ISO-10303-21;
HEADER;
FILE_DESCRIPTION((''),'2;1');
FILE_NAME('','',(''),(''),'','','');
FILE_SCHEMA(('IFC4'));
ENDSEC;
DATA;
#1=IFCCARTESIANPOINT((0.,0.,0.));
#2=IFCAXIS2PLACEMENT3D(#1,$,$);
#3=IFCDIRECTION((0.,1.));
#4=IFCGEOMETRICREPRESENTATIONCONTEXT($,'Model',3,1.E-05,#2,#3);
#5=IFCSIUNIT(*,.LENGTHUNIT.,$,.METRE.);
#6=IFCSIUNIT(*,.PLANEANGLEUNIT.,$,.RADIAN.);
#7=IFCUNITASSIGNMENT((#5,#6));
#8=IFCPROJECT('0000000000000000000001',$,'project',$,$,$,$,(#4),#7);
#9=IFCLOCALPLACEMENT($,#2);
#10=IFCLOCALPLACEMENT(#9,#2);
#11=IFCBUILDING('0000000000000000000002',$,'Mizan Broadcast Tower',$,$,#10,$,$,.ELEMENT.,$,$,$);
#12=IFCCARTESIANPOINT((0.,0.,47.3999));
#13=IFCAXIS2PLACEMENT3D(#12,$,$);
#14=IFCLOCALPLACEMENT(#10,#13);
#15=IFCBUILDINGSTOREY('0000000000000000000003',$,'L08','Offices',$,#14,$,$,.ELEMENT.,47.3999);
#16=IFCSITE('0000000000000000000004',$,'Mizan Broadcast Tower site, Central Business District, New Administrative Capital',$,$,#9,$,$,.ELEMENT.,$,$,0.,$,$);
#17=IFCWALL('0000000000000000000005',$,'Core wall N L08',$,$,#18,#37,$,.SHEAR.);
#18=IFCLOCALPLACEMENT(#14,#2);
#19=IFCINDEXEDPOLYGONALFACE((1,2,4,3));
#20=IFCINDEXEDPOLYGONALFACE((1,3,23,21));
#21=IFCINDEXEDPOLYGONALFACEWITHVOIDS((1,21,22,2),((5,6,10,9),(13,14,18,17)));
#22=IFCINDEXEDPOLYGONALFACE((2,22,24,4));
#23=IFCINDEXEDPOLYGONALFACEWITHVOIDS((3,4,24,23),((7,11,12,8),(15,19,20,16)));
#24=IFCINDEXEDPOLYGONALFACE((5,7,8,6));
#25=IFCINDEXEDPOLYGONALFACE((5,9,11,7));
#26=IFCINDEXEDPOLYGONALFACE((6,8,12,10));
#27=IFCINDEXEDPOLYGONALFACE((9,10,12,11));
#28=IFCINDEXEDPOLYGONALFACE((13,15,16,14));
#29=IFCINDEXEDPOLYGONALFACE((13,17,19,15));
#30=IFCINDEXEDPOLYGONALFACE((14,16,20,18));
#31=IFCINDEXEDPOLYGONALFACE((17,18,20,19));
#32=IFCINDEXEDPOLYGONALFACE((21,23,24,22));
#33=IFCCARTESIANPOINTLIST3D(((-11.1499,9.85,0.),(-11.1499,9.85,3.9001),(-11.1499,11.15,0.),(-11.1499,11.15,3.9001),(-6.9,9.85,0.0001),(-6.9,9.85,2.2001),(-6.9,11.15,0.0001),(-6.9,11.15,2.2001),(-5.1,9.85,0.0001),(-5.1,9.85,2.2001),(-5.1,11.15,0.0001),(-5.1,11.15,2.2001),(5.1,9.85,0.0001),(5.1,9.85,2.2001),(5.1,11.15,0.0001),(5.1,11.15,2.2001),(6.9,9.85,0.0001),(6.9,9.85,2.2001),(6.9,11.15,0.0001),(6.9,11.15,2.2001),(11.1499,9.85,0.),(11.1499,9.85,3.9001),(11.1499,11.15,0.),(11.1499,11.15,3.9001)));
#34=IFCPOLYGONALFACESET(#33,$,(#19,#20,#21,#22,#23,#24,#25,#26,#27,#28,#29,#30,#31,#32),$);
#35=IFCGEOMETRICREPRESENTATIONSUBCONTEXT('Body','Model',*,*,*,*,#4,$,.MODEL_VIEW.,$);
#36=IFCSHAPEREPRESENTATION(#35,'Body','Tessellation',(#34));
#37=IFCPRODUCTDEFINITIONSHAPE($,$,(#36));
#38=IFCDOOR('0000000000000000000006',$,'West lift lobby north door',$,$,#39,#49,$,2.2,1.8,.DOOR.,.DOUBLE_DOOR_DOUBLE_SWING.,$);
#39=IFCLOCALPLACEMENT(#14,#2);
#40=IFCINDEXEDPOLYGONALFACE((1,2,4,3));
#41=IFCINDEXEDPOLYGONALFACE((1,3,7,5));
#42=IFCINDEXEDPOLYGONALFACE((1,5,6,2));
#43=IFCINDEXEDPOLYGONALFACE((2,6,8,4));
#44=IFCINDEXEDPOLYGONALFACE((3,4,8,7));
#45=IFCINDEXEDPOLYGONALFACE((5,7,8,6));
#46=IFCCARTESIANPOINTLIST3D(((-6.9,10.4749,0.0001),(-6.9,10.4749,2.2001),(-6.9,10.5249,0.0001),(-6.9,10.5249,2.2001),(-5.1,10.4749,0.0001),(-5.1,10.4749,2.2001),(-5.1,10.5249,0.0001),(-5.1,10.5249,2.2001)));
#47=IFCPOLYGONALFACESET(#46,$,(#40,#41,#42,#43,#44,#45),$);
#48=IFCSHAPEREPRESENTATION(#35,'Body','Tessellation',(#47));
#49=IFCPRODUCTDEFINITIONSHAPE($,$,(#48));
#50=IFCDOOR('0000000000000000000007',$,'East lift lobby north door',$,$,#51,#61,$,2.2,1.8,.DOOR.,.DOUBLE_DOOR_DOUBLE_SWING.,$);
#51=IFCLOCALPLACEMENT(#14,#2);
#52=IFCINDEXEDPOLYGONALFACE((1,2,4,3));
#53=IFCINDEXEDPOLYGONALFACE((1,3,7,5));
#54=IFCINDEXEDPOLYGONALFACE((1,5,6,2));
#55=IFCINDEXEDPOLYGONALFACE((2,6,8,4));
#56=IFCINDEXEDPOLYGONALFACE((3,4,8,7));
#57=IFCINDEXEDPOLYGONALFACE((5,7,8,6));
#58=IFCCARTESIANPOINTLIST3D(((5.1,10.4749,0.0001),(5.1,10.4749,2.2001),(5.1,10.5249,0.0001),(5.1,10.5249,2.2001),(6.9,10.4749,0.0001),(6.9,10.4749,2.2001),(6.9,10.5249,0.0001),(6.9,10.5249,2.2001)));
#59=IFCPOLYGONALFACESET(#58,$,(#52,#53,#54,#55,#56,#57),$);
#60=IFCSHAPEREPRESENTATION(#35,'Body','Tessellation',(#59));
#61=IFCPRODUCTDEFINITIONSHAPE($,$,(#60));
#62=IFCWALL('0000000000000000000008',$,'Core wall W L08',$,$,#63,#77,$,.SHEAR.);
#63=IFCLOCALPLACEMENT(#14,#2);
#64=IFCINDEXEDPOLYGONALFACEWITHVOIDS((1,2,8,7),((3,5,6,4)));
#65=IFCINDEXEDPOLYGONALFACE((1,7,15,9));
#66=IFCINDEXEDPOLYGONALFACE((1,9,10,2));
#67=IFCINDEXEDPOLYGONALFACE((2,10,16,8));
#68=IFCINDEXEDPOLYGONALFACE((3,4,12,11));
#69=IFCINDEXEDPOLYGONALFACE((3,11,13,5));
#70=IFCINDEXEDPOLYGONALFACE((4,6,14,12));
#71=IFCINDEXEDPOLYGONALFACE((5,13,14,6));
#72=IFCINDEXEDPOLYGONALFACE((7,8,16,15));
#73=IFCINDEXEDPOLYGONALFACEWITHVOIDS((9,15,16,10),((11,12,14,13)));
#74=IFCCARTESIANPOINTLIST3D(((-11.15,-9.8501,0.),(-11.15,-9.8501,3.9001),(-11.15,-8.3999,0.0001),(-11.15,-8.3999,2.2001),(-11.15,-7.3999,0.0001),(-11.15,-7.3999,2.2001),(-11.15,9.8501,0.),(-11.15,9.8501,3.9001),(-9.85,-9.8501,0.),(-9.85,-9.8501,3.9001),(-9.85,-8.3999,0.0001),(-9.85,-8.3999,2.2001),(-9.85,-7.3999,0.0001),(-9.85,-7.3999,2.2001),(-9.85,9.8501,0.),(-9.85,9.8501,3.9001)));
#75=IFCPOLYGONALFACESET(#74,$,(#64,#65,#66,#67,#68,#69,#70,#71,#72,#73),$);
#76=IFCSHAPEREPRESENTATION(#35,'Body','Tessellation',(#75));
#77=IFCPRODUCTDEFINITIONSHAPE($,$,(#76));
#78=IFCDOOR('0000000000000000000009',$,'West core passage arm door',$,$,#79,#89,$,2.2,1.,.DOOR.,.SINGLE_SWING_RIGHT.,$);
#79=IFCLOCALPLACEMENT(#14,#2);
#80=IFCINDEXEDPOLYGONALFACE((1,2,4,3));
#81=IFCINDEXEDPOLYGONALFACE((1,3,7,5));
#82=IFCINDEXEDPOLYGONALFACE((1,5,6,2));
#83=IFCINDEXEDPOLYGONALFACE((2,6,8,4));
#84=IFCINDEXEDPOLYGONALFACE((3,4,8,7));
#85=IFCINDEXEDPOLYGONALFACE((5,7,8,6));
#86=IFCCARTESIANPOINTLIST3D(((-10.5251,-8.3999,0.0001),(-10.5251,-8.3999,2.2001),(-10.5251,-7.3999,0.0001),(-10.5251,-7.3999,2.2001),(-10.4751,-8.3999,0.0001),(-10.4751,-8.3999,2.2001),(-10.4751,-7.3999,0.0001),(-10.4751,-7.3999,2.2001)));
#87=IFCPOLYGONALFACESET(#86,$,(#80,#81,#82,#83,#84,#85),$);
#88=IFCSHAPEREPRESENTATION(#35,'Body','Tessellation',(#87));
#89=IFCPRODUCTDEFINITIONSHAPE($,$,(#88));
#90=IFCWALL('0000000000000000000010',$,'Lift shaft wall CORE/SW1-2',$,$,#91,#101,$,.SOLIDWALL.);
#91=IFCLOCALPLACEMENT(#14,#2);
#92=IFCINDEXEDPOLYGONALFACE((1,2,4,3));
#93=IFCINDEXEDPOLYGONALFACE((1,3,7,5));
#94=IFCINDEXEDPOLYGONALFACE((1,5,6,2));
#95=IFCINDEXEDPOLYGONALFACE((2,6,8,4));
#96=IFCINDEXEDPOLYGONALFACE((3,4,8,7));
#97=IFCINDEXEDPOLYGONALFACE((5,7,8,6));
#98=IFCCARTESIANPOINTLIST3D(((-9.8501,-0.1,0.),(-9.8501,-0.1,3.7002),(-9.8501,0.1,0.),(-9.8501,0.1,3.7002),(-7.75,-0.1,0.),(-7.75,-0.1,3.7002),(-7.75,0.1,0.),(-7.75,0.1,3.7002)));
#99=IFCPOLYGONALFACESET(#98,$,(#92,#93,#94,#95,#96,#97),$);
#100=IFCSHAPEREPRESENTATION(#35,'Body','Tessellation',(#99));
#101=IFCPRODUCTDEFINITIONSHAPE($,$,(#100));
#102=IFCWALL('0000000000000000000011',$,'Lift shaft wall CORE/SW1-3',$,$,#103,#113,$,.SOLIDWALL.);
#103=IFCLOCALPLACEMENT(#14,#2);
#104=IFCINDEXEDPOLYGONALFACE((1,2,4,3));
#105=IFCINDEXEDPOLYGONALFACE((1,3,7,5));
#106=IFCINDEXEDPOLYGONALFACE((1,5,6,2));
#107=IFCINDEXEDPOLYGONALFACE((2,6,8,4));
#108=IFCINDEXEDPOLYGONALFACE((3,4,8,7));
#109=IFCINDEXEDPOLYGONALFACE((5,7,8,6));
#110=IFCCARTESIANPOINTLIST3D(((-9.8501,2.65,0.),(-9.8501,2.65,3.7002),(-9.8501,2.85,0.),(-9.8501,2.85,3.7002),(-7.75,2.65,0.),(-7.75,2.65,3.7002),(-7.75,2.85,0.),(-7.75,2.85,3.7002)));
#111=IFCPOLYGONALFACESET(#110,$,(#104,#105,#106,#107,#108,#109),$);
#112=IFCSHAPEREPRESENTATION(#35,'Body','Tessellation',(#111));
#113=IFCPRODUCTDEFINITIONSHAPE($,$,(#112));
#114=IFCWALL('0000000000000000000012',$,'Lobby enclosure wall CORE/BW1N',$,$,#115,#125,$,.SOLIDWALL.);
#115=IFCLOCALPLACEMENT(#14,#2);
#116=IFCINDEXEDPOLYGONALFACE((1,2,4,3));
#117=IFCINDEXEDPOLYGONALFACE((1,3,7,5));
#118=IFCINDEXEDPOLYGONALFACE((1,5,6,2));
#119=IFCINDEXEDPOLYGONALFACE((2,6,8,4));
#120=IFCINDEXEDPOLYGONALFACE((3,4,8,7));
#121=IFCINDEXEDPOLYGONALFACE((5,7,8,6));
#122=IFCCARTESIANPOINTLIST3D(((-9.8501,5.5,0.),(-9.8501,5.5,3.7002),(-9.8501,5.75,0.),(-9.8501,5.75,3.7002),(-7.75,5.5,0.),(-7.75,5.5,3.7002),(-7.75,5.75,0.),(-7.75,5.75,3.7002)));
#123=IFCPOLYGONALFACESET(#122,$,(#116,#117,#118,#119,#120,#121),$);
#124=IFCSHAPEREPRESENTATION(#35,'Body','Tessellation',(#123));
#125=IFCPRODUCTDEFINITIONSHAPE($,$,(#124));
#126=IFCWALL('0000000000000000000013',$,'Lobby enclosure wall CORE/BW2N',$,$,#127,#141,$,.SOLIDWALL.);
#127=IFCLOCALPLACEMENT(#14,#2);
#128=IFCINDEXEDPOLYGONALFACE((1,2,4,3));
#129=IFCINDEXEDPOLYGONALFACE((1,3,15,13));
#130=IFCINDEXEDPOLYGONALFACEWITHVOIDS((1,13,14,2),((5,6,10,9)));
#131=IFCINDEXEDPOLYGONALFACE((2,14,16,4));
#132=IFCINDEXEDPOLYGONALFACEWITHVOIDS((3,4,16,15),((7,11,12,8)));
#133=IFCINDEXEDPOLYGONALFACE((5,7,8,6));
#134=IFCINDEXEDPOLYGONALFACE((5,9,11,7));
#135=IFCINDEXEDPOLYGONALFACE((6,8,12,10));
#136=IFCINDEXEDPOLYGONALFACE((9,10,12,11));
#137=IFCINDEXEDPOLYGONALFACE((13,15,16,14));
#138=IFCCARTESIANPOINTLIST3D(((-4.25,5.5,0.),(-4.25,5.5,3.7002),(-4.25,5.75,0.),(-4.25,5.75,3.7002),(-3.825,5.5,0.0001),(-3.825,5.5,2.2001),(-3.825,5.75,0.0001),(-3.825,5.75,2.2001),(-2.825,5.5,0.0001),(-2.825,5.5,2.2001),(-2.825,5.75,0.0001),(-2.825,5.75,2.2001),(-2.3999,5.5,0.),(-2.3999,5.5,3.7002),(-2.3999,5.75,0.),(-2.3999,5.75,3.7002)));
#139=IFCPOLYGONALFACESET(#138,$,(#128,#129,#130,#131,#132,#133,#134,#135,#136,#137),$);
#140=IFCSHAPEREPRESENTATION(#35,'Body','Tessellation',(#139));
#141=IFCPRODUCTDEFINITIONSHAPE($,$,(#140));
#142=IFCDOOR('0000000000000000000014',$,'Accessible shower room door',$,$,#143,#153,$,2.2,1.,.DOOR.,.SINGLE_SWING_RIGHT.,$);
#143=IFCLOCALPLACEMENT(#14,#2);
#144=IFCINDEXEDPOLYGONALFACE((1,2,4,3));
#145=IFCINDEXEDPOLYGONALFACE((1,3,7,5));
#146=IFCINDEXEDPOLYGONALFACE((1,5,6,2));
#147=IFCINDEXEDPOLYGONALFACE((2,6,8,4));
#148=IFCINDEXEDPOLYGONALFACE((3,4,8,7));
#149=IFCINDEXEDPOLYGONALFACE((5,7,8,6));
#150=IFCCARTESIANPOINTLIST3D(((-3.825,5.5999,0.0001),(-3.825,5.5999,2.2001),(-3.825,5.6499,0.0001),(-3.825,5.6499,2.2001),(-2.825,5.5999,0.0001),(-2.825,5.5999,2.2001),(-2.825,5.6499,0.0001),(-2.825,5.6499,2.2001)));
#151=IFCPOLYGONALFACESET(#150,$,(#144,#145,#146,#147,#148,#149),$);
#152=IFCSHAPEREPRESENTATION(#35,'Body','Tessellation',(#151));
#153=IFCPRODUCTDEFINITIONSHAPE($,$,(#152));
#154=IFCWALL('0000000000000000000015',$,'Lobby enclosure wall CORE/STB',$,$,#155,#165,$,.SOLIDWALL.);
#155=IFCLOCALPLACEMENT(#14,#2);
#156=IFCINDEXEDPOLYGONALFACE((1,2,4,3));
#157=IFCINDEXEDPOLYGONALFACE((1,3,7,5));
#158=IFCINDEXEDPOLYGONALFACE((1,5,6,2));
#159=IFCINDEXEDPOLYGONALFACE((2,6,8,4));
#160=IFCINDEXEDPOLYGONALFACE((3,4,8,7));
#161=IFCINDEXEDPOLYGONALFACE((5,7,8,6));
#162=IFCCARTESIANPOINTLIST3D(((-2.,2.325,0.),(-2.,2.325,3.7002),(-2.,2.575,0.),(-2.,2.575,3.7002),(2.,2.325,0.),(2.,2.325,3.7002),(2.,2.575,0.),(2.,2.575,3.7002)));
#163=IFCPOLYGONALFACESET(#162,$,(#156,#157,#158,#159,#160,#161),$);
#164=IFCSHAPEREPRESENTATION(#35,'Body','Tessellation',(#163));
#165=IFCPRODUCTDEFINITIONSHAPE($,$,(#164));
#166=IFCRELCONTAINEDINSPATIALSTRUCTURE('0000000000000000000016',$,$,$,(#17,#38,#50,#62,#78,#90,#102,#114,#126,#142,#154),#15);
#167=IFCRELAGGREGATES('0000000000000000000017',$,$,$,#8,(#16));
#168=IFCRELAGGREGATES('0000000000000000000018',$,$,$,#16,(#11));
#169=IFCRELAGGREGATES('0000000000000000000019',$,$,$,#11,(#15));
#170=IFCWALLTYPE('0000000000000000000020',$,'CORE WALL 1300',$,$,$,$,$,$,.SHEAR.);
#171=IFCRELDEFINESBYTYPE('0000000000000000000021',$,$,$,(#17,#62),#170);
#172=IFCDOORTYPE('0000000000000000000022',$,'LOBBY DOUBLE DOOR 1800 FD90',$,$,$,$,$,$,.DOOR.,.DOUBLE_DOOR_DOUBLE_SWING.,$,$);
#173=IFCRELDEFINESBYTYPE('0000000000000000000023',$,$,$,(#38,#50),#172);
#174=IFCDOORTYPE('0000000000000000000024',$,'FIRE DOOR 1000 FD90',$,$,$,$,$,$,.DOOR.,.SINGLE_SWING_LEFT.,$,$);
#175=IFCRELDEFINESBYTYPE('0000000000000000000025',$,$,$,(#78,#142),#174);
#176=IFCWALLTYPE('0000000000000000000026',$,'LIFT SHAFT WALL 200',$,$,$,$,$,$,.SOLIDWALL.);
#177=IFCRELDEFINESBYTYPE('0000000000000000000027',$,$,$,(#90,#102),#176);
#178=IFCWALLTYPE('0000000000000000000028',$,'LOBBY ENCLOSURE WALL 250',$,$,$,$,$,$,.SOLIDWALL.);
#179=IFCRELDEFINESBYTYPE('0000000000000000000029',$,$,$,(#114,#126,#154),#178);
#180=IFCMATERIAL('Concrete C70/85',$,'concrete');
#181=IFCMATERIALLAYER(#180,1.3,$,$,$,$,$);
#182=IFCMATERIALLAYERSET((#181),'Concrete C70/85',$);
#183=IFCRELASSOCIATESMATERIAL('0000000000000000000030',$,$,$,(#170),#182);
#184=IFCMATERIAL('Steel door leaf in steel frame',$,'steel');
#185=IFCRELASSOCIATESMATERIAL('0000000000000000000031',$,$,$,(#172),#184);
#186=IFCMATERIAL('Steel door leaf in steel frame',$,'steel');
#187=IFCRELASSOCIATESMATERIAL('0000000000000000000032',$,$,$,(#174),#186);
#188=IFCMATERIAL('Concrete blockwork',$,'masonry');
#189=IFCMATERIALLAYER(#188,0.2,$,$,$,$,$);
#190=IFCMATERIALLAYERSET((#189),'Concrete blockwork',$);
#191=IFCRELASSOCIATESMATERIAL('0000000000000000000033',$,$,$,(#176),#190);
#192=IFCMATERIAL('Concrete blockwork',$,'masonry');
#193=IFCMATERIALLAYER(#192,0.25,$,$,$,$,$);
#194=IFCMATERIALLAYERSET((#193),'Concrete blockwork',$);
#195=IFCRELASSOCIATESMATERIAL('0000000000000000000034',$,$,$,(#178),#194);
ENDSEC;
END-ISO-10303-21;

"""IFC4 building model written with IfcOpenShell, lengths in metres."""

from ifc_helpers import new_model, si_unit, direction, frame, frame_2d, origin, place, context, subcontext, project, spatial, rectangle, extrude, material, layer, layer_set, type_object, element, fill, save


model = new_model("IFC4")

# Units and contexts
model_context = context("Model", 3, precision=1e-05, world=origin(), true_north=direction((0.0, 1.0)))
body_context = subcontext(model_context, "Body", "Model", "MODEL_VIEW")
ifc_project = project(units=[si_unit("LENGTHUNIT", "METRE"), si_unit("PLANEANGLEUNIT", "RADIAN")], contexts=[model_context])

# Site, building, storey
site_placement = place(None, origin())
site = spatial("IfcSite", under=ifc_project, at=site_placement, Name="Mizan Broadcast Tower site, Central Business District, New Administrative Capital", CompositionType="ELEMENT", RefElevation=0.0)
building_placement = place(site_placement, origin())
building = spatial("IfcBuilding", under=site, at=building_placement, Name="Mizan Broadcast Tower", CompositionType="ELEMENT")
storey_placement = place(building_placement, frame((0.0, 0.0, 47.3999)))
storey = spatial("IfcBuildingStorey", under=building, at=storey_placement, Name="L08", Description="Offices", CompositionType="ELEMENT", Elevation=47.3999)

# Wall, openings, doors
ifc_material_1 = material(Name="Concrete C70/85", Category="concrete")
ifc_layer_1 = layer(ifc_material_1, 1.3)
ifc_layer_set_1 = layer_set([ifc_layer_1], Name="Concrete C70/85")
wall_type_1 = type_object("IfcWallType", Name="CORE WALL 1300", PredefinedType="SHEAR", material=ifc_layer_set_1)
wall_1_placement = place(storey_placement, frame((-11.1499, 10.5, 0.0), z_axis=(0.0, 0.0, 1.0), x_axis=(1.0, 0.0, 0.0)))
wall_1 = element("IfcWall", 1, at=wall_1_placement, inside=storey, type_object=wall_type_1, Name="Core wall N L08", PredefinedType="SHEAR", context=body_context, shape_type="SweptSolid", body=[
    extrude(rectangle(XDim=22.2998, YDim=1.3, at=frame_2d((11.1499, 0.0))), origin(), (0.0, 0.0, 1.0), 3.9001),
])
opening_1_placement = place(wall_1_placement, frame((4.25, 0.0, 0.0)))
opening_1 = element("IfcOpeningElement", 2, at=opening_1_placement, cuts=wall_1, PredefinedType="OPENING", context=body_context, shape_type="SweptSolid", body=[
    extrude(rectangle(XDim=1.8, YDim=2.2, at=frame_2d((0.8999, 1.1001))), frame((0.0, 0.6599, 0.0), z_axis=(0.0, -1.0, 0.0), x_axis=(1.0, 0.0, 0.0)), (0.0, 0.0, 1.0), 1.3201),
])
opening_2_placement = place(wall_1_placement, frame((16.25, 0.0, 0.0)))
opening_2 = element("IfcOpeningElement", 3, at=opening_2_placement, cuts=wall_1, PredefinedType="OPENING", context=body_context, shape_type="SweptSolid", body=[
    extrude(rectangle(XDim=1.8, YDim=2.2, at=frame_2d((0.8999, 1.1001))), frame((0.0, 0.6599, 0.0), z_axis=(0.0, -1.0, 0.0), x_axis=(1.0, 0.0, 0.0)), (0.0, 0.0, 1.0), 1.3201),
])
ifc_material_2 = material(Name="Steel door leaf in steel frame", Category="steel")
door_type_1 = type_object("IfcDoorType", Name="LOBBY DOUBLE DOOR 1800 FD90", OperationType="DOUBLE_DOOR_DOUBLE_SWING", PredefinedType="DOOR", material=ifc_material_2)
door_1_placement = place(opening_1_placement, origin())
door_1 = element("IfcDoor", 4, at=door_1_placement, inside=storey, type_object=door_type_1, Name="West lift lobby north door", OperationType="DOUBLE_DOOR_DOUBLE_SWING", OverallHeight=2.2, OverallWidth=1.8, PredefinedType="DOOR", context=body_context, shape_type="SweptSolid", body=[
    extrude(rectangle(XDim=1.8, YDim=2.2, at=frame_2d((0.8999, 1.1001))), frame((0.0, 0.0249, 0.0), z_axis=(0.0, -1.0, 0.0), x_axis=(1.0, 0.0, 0.0)), (0.0, 0.0, 1.0), 0.05),
])
fill(opening_1, door_1)
door_2_placement = place(opening_2_placement, origin())
door_2 = element("IfcDoor", 5, at=door_2_placement, inside=storey, type_object=door_type_1, Name="East lift lobby north door", OperationType="DOUBLE_DOOR_DOUBLE_SWING", OverallHeight=2.2, OverallWidth=1.8, PredefinedType="DOOR", context=body_context, shape_type="SweptSolid", body=[
    extrude(rectangle(XDim=1.8, YDim=2.2, at=frame_2d((0.8999, 1.1001))), frame((0.0, 0.0249, 0.0), z_axis=(0.0, -1.0, 0.0), x_axis=(1.0, 0.0, 0.0)), (0.0, 0.0, 1.0), 0.05),
])
fill(opening_2, door_2)

# Wall, opening, door
wall_2_placement = place(storey_placement, frame((-10.5, 9.8501, 0.0), z_axis=(0.0, 0.0, 1.0), x_axis=(0.0, -1.0, 0.0)))
wall_2 = element("IfcWall", 6, at=wall_2_placement, inside=storey, type_object=wall_type_1, Name="Core wall W L08", PredefinedType="SHEAR", context=body_context, shape_type="SweptSolid", body=[
    extrude(rectangle(XDim=19.7002, YDim=1.3, at=frame_2d((9.8501, 0.0))), origin(), (0.0, 0.0, 1.0), 3.9001),
])
opening_3_placement = place(wall_2_placement, frame((17.25, 0.0, 0.0)))
opening_3 = element("IfcOpeningElement", 7, at=opening_3_placement, cuts=wall_2, PredefinedType="OPENING", context=body_context, shape_type="SweptSolid", body=[
    extrude(rectangle(XDim=1.0, YDim=2.2, at=frame_2d((0.5, 1.1001))), frame((0.0, 0.6599, 0.0), z_axis=(0.0, -1.0, 0.0), x_axis=(1.0, 0.0, 0.0)), (0.0, 0.0, 1.0), 1.3201),
])
ifc_material_3 = material(Name="Steel door leaf in steel frame", Category="steel")
door_type_2 = type_object("IfcDoorType", Name="FIRE DOOR 1000 FD90", OperationType="SINGLE_SWING_LEFT", PredefinedType="DOOR", material=ifc_material_3)
door_3_placement = place(opening_3_placement, origin())
door_3 = element("IfcDoor", 8, at=door_3_placement, inside=storey, type_object=door_type_2, Name="West core passage arm door", OperationType="SINGLE_SWING_RIGHT", OverallHeight=2.2, OverallWidth=1.0, PredefinedType="DOOR", context=body_context, shape_type="SweptSolid", body=[
    extrude(rectangle(XDim=1.0, YDim=2.2, at=frame_2d((0.5, 1.1001))), frame((0.0, 0.0249, 0.0), z_axis=(0.0, -1.0, 0.0), x_axis=(1.0, 0.0, 0.0)), (0.0, 0.0, 1.0), 0.05),
])
fill(opening_3, door_3)

# Walls
ifc_material_4 = material(Name="Concrete blockwork", Category="masonry")
ifc_layer_2 = layer(ifc_material_4, 0.2)
ifc_layer_set_2 = layer_set([ifc_layer_2], Name="Concrete blockwork")
wall_type_2 = type_object("IfcWallType", Name="LIFT SHAFT WALL 200", PredefinedType="SOLIDWALL", material=ifc_layer_set_2)
for number, where, z_axis, x_axis, name in (
    (9, (-9.8501, 0.0, 0.0), (0.0, 0.0, 1.0), (1.0, 0.0, 0.0), "Lift shaft wall CORE/SW1-2"),
    (10, (-9.8501, 2.75, 0.0), (0.0, 0.0, 1.0), (1.0, 0.0, 0.0), "Lift shaft wall CORE/SW1-3"),
):
    element("IfcWall", number, at=place(storey_placement, frame(where, z_axis=z_axis, x_axis=x_axis)), inside=storey, type_object=wall_type_2, Name=name, PredefinedType="SOLIDWALL", context=body_context, shape_type="SweptSolid", body=[
        extrude(rectangle(XDim=2.1001, YDim=0.2, at=frame_2d((1.05, 0.0))), origin(), (0.0, 0.0, 1.0), 3.7002),
    ])
ifc_material_5 = material(Name="Concrete blockwork", Category="masonry")
ifc_layer_3 = layer(ifc_material_5, 0.25)
ifc_layer_set_3 = layer_set([ifc_layer_3], Name="Concrete blockwork")
wall_type_3 = type_object("IfcWallType", Name="LOBBY ENCLOSURE WALL 250", PredefinedType="SOLIDWALL", material=ifc_layer_set_3)
wall_3_placement = place(storey_placement, frame((-9.8501, 5.625, 0.0), z_axis=(0.0, 0.0, 1.0), x_axis=(1.0, 0.0, 0.0)))
element("IfcWall", 11, at=wall_3_placement, inside=storey, type_object=wall_type_3, Name="Lobby enclosure wall CORE/BW1N", PredefinedType="SOLIDWALL", context=body_context, shape_type="SweptSolid", body=[
    extrude(rectangle(XDim=2.1001, YDim=0.25, at=frame_2d((1.05, 0.0))), origin(), (0.0, 0.0, 1.0), 3.7002),
])

# Wall, opening, door
wall_4_placement = place(storey_placement, frame((-4.25, 5.625, 0.0), z_axis=(0.0, 0.0, 1.0), x_axis=(1.0, 0.0, 0.0)))
wall_4 = element("IfcWall", 12, at=wall_4_placement, inside=storey, type_object=wall_type_3, Name="Lobby enclosure wall CORE/BW2N", PredefinedType="SOLIDWALL", context=body_context, shape_type="SweptSolid", body=[
    extrude(rectangle(XDim=1.8501, YDim=0.25, at=frame_2d((0.925, 0.0))), origin(), (0.0, 0.0, 1.0), 3.7002),
])
opening_4_placement = place(wall_4_placement, frame((0.425, 0.0, 0.0)))
opening_4 = element("IfcOpeningElement", 13, at=opening_4_placement, cuts=wall_4, PredefinedType="OPENING", context=body_context, shape_type="SweptSolid", body=[
    extrude(rectangle(XDim=1.0, YDim=2.2, at=frame_2d((0.5, 1.1001))), frame((0.0, 0.135, 0.0), z_axis=(0.0, -1.0, 0.0), x_axis=(1.0, 0.0, 0.0)), (0.0, 0.0, 1.0), 0.27),
])
door_4_placement = place(opening_4_placement, origin())
door_4 = element("IfcDoor", 14, at=door_4_placement, inside=storey, type_object=door_type_2, Name="Accessible shower room door", OperationType="SINGLE_SWING_RIGHT", OverallHeight=2.2, OverallWidth=1.0, PredefinedType="DOOR", context=body_context, shape_type="SweptSolid", body=[
    extrude(rectangle(XDim=1.0, YDim=2.2, at=frame_2d((0.5, 1.1001))), frame((0.0, 0.0249, 0.0), z_axis=(0.0, -1.0, 0.0), x_axis=(1.0, 0.0, 0.0)), (0.0, 0.0, 1.0), 0.05),
])
fill(opening_4, door_4)

# Wall
wall_5_placement = place(storey_placement, frame((-2.0, 2.45, 0.0), z_axis=(0.0, 0.0, 1.0), x_axis=(1.0, 0.0, 0.0)))
element("IfcWall", 15, at=wall_5_placement, inside=storey, type_object=wall_type_3, Name="Lobby enclosure wall CORE/STB", PredefinedType="SOLIDWALL", context=body_context, shape_type="SweptSolid", body=[
    extrude(rectangle(XDim=4.0, YDim=0.25, at=frame_2d((2.0, 0.0))), origin(), (0.0, 0.0, 1.0), 3.7002),
])

save(model, "model.ifc")
